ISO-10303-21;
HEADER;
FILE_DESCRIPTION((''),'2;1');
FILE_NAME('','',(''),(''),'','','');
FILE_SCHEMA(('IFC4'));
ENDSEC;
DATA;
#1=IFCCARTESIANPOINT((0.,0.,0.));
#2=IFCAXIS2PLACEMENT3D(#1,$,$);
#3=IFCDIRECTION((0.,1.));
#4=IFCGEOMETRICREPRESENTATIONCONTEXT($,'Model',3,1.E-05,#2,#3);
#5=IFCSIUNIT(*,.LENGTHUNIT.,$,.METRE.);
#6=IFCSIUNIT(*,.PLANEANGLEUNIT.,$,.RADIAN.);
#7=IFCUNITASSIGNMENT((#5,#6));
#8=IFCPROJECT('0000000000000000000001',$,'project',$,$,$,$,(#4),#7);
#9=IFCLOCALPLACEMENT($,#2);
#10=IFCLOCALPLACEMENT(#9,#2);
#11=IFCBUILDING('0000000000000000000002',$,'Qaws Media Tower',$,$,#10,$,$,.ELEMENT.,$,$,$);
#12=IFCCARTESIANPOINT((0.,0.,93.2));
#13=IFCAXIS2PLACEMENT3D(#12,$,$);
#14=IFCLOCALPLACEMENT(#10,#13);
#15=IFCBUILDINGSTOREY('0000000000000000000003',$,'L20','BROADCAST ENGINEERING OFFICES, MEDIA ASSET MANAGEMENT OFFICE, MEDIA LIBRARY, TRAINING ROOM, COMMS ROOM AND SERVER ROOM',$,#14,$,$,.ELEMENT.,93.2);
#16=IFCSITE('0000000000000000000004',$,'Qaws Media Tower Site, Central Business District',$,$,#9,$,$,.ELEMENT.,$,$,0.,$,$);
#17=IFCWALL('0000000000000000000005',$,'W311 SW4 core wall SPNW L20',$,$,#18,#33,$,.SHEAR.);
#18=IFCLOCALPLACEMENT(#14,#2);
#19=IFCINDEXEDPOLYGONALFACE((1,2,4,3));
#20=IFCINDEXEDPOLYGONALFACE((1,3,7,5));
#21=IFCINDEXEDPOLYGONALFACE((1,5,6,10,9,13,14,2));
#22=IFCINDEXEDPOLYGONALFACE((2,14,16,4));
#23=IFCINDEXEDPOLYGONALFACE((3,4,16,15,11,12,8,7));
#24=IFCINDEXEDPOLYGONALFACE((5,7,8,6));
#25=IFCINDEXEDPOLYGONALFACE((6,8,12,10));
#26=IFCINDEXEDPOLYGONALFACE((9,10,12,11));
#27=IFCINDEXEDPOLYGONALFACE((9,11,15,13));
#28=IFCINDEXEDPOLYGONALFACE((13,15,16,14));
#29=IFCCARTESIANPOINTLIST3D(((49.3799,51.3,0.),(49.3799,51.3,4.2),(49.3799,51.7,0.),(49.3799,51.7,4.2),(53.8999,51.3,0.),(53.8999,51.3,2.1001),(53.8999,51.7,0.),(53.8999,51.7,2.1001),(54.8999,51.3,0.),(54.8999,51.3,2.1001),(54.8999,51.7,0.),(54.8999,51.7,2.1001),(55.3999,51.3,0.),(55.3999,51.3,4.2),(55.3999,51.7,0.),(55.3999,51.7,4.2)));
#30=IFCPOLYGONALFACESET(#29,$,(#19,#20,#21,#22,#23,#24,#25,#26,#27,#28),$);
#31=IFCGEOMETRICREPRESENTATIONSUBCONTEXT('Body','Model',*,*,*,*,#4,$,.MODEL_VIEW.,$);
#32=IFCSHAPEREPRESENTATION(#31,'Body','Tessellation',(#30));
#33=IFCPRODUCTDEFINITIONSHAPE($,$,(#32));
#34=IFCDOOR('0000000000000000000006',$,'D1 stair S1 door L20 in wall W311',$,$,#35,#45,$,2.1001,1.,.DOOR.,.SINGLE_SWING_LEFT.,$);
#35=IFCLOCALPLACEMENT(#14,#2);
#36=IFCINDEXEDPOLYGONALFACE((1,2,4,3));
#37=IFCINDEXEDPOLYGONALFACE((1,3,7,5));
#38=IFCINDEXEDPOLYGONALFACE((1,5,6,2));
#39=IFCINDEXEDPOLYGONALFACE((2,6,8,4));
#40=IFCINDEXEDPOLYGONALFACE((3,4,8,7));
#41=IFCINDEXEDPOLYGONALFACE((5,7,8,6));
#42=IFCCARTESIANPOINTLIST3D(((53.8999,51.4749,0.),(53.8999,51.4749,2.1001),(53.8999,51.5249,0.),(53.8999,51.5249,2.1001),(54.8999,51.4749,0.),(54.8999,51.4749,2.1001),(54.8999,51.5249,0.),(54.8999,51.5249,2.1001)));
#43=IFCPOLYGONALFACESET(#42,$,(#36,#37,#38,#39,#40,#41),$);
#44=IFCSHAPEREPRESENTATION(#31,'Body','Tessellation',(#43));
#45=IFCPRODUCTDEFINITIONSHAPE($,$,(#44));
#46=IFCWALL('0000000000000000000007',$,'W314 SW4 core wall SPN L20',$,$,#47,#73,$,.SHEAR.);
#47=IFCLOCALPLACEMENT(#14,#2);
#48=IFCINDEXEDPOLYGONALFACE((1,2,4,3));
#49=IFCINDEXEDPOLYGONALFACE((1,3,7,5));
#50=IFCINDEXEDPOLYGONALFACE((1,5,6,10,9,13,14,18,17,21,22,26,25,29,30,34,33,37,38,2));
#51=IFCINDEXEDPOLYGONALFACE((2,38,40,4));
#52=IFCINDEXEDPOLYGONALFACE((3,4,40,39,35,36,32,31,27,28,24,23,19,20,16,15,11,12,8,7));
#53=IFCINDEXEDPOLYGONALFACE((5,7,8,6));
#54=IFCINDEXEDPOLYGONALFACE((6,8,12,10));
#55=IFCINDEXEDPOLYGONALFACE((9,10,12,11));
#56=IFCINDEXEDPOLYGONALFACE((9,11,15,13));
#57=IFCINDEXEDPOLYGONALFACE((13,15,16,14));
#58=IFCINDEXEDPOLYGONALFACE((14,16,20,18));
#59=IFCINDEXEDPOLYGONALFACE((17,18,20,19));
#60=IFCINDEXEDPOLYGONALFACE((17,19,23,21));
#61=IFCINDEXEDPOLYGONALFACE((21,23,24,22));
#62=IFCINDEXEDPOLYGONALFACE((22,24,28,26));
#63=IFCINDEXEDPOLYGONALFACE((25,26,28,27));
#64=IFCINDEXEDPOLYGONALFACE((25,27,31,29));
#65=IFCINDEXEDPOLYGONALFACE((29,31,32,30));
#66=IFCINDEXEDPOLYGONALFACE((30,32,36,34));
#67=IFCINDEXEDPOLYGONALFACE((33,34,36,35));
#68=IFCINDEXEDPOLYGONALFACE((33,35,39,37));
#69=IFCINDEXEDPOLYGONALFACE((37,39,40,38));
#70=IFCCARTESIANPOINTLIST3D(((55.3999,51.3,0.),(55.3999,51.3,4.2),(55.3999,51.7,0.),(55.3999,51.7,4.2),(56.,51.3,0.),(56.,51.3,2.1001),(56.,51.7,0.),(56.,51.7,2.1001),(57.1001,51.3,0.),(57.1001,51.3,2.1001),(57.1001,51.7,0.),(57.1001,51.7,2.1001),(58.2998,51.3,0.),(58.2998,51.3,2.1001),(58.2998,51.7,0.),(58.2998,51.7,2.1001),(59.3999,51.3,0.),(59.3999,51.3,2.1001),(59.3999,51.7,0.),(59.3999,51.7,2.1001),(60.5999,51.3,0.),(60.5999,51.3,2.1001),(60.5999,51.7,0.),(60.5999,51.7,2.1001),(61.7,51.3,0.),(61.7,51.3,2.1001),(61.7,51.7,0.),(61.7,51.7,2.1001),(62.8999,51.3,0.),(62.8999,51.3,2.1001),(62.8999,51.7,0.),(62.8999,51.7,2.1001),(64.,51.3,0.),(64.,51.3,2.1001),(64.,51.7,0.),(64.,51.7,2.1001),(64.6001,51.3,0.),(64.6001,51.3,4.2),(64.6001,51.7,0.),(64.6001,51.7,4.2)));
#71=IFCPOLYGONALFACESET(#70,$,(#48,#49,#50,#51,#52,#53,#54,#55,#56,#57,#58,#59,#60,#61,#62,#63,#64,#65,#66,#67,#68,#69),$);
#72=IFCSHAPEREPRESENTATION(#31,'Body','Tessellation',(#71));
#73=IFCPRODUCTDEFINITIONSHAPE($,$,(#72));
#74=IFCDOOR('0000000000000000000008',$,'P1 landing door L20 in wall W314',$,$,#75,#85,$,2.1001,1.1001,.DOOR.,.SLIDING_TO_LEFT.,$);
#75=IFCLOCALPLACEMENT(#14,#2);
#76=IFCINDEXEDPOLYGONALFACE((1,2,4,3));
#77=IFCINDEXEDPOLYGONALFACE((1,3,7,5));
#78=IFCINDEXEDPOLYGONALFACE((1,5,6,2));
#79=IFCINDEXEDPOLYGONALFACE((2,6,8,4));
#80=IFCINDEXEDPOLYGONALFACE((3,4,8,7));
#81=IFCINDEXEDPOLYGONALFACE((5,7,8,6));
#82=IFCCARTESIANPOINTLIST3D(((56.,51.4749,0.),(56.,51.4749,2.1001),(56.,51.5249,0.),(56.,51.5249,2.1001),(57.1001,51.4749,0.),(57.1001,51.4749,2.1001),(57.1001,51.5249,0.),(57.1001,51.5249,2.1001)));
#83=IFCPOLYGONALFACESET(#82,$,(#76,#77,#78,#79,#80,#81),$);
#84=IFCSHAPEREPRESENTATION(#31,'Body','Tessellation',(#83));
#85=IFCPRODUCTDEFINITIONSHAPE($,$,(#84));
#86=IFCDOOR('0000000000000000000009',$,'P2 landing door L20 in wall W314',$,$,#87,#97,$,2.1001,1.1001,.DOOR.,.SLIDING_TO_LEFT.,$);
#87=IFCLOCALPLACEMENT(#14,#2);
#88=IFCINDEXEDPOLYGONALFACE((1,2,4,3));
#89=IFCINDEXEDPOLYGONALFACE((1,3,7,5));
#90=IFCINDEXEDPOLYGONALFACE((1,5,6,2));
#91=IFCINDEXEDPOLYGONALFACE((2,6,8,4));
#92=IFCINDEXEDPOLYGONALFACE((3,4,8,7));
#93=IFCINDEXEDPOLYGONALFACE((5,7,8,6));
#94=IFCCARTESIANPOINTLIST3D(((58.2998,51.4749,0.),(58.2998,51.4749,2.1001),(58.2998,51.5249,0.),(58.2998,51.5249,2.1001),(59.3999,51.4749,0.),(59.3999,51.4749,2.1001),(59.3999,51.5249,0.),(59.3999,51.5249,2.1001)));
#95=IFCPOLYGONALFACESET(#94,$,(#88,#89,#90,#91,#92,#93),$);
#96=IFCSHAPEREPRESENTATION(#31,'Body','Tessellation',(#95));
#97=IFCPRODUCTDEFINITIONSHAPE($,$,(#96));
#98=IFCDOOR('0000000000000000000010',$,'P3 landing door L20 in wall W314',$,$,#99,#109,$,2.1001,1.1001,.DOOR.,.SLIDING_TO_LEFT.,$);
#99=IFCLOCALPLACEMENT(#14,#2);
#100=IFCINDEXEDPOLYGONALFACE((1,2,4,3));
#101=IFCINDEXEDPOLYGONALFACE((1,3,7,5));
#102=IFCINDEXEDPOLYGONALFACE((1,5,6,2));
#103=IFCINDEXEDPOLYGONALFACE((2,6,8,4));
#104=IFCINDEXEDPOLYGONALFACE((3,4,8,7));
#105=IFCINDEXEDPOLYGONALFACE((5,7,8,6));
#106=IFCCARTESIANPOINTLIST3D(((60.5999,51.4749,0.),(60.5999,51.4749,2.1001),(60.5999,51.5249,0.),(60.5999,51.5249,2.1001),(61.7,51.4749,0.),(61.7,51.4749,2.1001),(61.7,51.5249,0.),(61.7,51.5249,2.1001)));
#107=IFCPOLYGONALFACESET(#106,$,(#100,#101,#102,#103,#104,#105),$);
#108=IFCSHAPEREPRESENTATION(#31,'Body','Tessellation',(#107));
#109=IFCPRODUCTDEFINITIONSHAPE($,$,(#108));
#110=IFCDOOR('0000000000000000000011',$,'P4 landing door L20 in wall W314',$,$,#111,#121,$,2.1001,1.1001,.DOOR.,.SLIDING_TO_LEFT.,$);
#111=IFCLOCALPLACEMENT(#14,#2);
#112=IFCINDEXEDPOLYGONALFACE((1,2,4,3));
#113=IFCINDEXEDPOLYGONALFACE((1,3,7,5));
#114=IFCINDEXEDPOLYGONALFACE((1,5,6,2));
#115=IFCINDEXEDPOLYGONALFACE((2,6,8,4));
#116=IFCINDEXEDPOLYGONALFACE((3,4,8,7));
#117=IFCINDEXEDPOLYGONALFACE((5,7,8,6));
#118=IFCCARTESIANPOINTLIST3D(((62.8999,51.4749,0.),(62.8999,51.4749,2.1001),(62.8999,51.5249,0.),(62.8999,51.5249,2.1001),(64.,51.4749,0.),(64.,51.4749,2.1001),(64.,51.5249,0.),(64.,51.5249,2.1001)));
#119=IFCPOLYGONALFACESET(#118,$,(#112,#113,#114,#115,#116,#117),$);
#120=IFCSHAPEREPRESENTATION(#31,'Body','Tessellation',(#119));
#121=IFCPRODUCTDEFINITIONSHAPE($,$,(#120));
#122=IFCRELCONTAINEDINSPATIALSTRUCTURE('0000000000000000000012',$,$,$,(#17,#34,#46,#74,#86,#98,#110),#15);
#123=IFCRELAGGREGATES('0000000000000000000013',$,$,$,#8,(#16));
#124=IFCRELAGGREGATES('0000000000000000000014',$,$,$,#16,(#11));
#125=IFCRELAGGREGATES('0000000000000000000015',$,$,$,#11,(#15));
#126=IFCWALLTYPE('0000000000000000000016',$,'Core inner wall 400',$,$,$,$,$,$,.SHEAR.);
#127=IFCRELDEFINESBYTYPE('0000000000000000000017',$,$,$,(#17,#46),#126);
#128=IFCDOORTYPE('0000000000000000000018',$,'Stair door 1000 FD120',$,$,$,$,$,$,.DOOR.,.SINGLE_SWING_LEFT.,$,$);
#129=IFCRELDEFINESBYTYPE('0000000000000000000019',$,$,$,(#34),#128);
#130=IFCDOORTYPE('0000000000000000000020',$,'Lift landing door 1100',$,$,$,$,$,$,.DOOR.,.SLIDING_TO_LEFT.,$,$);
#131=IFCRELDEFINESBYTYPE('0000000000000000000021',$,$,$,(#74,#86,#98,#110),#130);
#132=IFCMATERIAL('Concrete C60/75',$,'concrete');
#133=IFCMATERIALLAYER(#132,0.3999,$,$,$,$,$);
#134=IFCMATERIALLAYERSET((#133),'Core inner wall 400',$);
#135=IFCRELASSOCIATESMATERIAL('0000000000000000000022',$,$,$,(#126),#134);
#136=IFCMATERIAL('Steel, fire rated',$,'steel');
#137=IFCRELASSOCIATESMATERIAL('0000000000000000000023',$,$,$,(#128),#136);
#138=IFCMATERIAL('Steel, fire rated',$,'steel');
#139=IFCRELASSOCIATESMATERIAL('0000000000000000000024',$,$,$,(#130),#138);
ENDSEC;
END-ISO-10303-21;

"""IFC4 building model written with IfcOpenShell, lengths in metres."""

from ifc_helpers import new_model, si_unit, direction, frame, frame_2d, origin, place, context, subcontext, project, spatial, rectangle, extrude, material, layer, layer_set, type_object, element, fill, save


model = new_model("IFC4")

# Units and contexts
model_context = context("Model", 3, precision=1e-05, world=origin(), true_north=direction((0.0, 1.0)))
body_context = subcontext(model_context, "Body", "Model", "MODEL_VIEW")
ifc_project = project(units=[si_unit("LENGTHUNIT", "METRE"), si_unit("PLANEANGLEUNIT", "RADIAN")], contexts=[model_context])

# Site, building, storey
site_placement = place(None, origin())
site = spatial("IfcSite", under=ifc_project, at=site_placement, Name="Qaws Media Tower Site, Central Business District", CompositionType="ELEMENT", RefElevation=0.0)
building_placement = place(site_placement, origin())
building = spatial("IfcBuilding", under=site, at=building_placement, Name="Qaws Media Tower", CompositionType="ELEMENT")
storey_placement = place(building_placement, frame((0.0, 0.0, 93.2)))
storey = spatial("IfcBuildingStorey", under=building, at=storey_placement, Name="L20", Description="BROADCAST ENGINEERING OFFICES, MEDIA ASSET MANAGEMENT OFFICE, MEDIA LIBRARY, TRAINING ROOM, COMMS ROOM AND SERVER ROOM", CompositionType="ELEMENT", Elevation=93.2)

# Wall, opening, door
ifc_material_1 = material(Name="Concrete C60/75", Category="concrete")
ifc_layer_1 = layer(ifc_material_1, 0.3999)
ifc_layer_set_1 = layer_set([ifc_layer_1], Name="Core inner wall 400")
wall_type_1 = type_object("IfcWallType", Name="Core inner wall 400", PredefinedType="SHEAR", material=ifc_layer_set_1)
wall_1_placement = place(storey_placement, frame((49.3799, 51.5, 0.0), z_axis=(0.0, 0.0, 1.0), x_axis=(1.0, 0.0, 0.0)))
wall_1 = element("IfcWall", 1, at=wall_1_placement, inside=storey, type_object=wall_type_1, Name="W311 SW4 core wall SPNW L20", PredefinedType="SHEAR", context=body_context, shape_type="SweptSolid", body=[
    extrude(rectangle(XDim=6.02, YDim=0.3999, at=frame_2d((3.01, 0.0))), origin(), (0.0, 0.0, 1.0), 4.2),
])
opening_1_placement = place(wall_1_placement, frame((4.52, 0.0, 0.0)))
opening_1 = element("IfcOpeningElement", 2, at=opening_1_placement, cuts=wall_1, PredefinedType="OPENING", context=body_context, shape_type="SweptSolid", body=[
    extrude(rectangle(XDim=1.0, YDim=2.1001, at=frame_2d((0.5, 1.05))), frame((0.0, 0.21, 0.0), z_axis=(0.0, -1.0, 0.0), x_axis=(1.0, 0.0, 0.0)), (0.0, 0.0, 1.0), 0.4199),
])
ifc_material_2 = material(Name="Steel, fire rated", Category="steel")
door_type_1 = type_object("IfcDoorType", Name="Stair door 1000 FD120", OperationType="SINGLE_SWING_LEFT", PredefinedType="DOOR", material=ifc_material_2)
door_1_placement = place(opening_1_placement, origin())
door_1 = element("IfcDoor", 3, at=door_1_placement, inside=storey, type_object=door_type_1, Name="D1 stair S1 door L20 in wall W311", OperationType="SINGLE_SWING_LEFT", OverallHeight=2.1001, OverallWidth=1.0, PredefinedType="DOOR", context=body_context, shape_type="SweptSolid", body=[
    extrude(rectangle(XDim=1.0, YDim=2.1001, at=frame_2d((0.5, 1.05))), frame((0.0, 0.0249, 0.0), z_axis=(0.0, -1.0, 0.0), x_axis=(1.0, 0.0, 0.0)), (0.0, 0.0, 1.0), 0.05),
])
fill(opening_1, door_1)

# Wall, openings, doors
wall_2_placement = place(storey_placement, frame((55.3999, 51.5, 0.0), z_axis=(0.0, 0.0, 1.0), x_axis=(1.0, 0.0, 0.0)))
wall_2 = element("IfcWall", 4, at=wall_2_placement, inside=storey, type_object=wall_type_1, Name="W314 SW4 core wall SPN L20", PredefinedType="SHEAR", context=body_context, shape_type="SweptSolid", body=[
    extrude(rectangle(XDim=9.2002, YDim=0.3999, at=frame_2d((4.6001, 0.0))), origin(), (0.0, 0.0, 1.0), 4.2),
])
opening_2_placement = place(wall_2_placement, frame((0.6001, 0.0, 0.0)))
opening_2 = element("IfcOpeningElement", 5, at=opening_2_placement, cuts=wall_2, PredefinedType="OPENING", context=body_context, shape_type="SweptSolid", body=[
    extrude(rectangle(XDim=1.1001, YDim=2.1001, at=frame_2d((0.55, 1.05))), frame((0.0, 0.21, 0.0), z_axis=(0.0, -1.0, 0.0), x_axis=(1.0, 0.0, 0.0)), (0.0, 0.0, 1.0), 0.4199),
])
opening_3_placement = place(wall_2_placement, frame((2.8999, 0.0, 0.0)))
opening_3 = element("IfcOpeningElement", 6, at=opening_3_placement, cuts=wall_2, PredefinedType="OPENING", context=body_context, shape_type="SweptSolid", body=[
    extrude(rectangle(XDim=1.1001, YDim=2.1001, at=frame_2d((0.55, 1.05))), frame((0.0, 0.21, 0.0), z_axis=(0.0, -1.0, 0.0), x_axis=(1.0, 0.0, 0.0)), (0.0, 0.0, 1.0), 0.4199),
])
opening_4_placement = place(wall_2_placement, frame((5.2, 0.0, 0.0)))
opening_4 = element("IfcOpeningElement", 7, at=opening_4_placement, cuts=wall_2, PredefinedType="OPENING", context=body_context, shape_type="SweptSolid", body=[
    extrude(rectangle(XDim=1.1001, YDim=2.1001, at=frame_2d((0.55, 1.05))), frame((0.0, 0.21, 0.0), z_axis=(0.0, -1.0, 0.0), x_axis=(1.0, 0.0, 0.0)), (0.0, 0.0, 1.0), 0.4199),
])
opening_5_placement = place(wall_2_placement, frame((7.5, 0.0, 0.0)))
opening_5 = element("IfcOpeningElement", 8, at=opening_5_placement, cuts=wall_2, PredefinedType="OPENING", context=body_context, shape_type="SweptSolid", body=[
    extrude(rectangle(XDim=1.1001, YDim=2.1001, at=frame_2d((0.55, 1.05))), frame((0.0, 0.21, 0.0), z_axis=(0.0, -1.0, 0.0), x_axis=(1.0, 0.0, 0.0)), (0.0, 0.0, 1.0), 0.4199),
])
ifc_material_3 = material(Name="Steel, fire rated", Category="steel")
door_type_2 = type_object("IfcDoorType", Name="Lift landing door 1100", OperationType="SLIDING_TO_LEFT", PredefinedType="DOOR", material=ifc_material_3)
door_2_placement = place(opening_2_placement, origin())
door_2 = element("IfcDoor", 9, at=door_2_placement, inside=storey, type_object=door_type_2, Name="P1 landing door L20 in wall W314", OperationType="SLIDING_TO_LEFT", OverallHeight=2.1001, OverallWidth=1.1001, PredefinedType="DOOR", context=body_context, shape_type="SweptSolid", body=[
    extrude(rectangle(XDim=1.1001, YDim=2.1001, at=frame_2d((0.55, 1.05))), frame((0.0, 0.0249, 0.0), z_axis=(0.0, -1.0, 0.0), x_axis=(1.0, 0.0, 0.0)), (0.0, 0.0, 1.0), 0.05),
])
fill(opening_2, door_2)
door_3_placement = place(opening_3_placement, origin())
door_3 = element("IfcDoor", 10, at=door_3_placement, inside=storey, type_object=door_type_2, Name="P2 landing door L20 in wall W314", OperationType="SLIDING_TO_LEFT", OverallHeight=2.1001, OverallWidth=1.1001, PredefinedType="DOOR", context=body_context, shape_type="SweptSolid", body=[
    extrude(rectangle(XDim=1.1001, YDim=2.1001, at=frame_2d((0.55, 1.05))), frame((0.0, 0.0249, 0.0), z_axis=(0.0, -1.0, 0.0), x_axis=(1.0, 0.0, 0.0)), (0.0, 0.0, 1.0), 0.05),
])
fill(opening_3, door_3)
door_4_placement = place(opening_4_placement, origin())
door_4 = element("IfcDoor", 11, at=door_4_placement, inside=storey, type_object=door_type_2, Name="P3 landing door L20 in wall W314", OperationType="SLIDING_TO_LEFT", OverallHeight=2.1001, OverallWidth=1.1001, PredefinedType="DOOR", context=body_context, shape_type="SweptSolid", body=[
    extrude(rectangle(XDim=1.1001, YDim=2.1001, at=frame_2d((0.55, 1.05))), frame((0.0, 0.0249, 0.0), z_axis=(0.0, -1.0, 0.0), x_axis=(1.0, 0.0, 0.0)), (0.0, 0.0, 1.0), 0.05),
])
fill(opening_4, door_4)
door_5_placement = place(opening_5_placement, origin())
door_5 = element("IfcDoor", 12, at=door_5_placement, inside=storey, type_object=door_type_2, Name="P4 landing door L20 in wall W314", OperationType="SLIDING_TO_LEFT", OverallHeight=2.1001, OverallWidth=1.1001, PredefinedType="DOOR", context=body_context, shape_type="SweptSolid", body=[
    extrude(rectangle(XDim=1.1001, YDim=2.1001, at=frame_2d((0.55, 1.05))), frame((0.0, 0.0249, 0.0), z_axis=(0.0, -1.0, 0.0), x_axis=(1.0, 0.0, 0.0)), (0.0, 0.0, 1.0), 0.05),
])
fill(opening_5, door_5)

save(model, "model.ifc")
